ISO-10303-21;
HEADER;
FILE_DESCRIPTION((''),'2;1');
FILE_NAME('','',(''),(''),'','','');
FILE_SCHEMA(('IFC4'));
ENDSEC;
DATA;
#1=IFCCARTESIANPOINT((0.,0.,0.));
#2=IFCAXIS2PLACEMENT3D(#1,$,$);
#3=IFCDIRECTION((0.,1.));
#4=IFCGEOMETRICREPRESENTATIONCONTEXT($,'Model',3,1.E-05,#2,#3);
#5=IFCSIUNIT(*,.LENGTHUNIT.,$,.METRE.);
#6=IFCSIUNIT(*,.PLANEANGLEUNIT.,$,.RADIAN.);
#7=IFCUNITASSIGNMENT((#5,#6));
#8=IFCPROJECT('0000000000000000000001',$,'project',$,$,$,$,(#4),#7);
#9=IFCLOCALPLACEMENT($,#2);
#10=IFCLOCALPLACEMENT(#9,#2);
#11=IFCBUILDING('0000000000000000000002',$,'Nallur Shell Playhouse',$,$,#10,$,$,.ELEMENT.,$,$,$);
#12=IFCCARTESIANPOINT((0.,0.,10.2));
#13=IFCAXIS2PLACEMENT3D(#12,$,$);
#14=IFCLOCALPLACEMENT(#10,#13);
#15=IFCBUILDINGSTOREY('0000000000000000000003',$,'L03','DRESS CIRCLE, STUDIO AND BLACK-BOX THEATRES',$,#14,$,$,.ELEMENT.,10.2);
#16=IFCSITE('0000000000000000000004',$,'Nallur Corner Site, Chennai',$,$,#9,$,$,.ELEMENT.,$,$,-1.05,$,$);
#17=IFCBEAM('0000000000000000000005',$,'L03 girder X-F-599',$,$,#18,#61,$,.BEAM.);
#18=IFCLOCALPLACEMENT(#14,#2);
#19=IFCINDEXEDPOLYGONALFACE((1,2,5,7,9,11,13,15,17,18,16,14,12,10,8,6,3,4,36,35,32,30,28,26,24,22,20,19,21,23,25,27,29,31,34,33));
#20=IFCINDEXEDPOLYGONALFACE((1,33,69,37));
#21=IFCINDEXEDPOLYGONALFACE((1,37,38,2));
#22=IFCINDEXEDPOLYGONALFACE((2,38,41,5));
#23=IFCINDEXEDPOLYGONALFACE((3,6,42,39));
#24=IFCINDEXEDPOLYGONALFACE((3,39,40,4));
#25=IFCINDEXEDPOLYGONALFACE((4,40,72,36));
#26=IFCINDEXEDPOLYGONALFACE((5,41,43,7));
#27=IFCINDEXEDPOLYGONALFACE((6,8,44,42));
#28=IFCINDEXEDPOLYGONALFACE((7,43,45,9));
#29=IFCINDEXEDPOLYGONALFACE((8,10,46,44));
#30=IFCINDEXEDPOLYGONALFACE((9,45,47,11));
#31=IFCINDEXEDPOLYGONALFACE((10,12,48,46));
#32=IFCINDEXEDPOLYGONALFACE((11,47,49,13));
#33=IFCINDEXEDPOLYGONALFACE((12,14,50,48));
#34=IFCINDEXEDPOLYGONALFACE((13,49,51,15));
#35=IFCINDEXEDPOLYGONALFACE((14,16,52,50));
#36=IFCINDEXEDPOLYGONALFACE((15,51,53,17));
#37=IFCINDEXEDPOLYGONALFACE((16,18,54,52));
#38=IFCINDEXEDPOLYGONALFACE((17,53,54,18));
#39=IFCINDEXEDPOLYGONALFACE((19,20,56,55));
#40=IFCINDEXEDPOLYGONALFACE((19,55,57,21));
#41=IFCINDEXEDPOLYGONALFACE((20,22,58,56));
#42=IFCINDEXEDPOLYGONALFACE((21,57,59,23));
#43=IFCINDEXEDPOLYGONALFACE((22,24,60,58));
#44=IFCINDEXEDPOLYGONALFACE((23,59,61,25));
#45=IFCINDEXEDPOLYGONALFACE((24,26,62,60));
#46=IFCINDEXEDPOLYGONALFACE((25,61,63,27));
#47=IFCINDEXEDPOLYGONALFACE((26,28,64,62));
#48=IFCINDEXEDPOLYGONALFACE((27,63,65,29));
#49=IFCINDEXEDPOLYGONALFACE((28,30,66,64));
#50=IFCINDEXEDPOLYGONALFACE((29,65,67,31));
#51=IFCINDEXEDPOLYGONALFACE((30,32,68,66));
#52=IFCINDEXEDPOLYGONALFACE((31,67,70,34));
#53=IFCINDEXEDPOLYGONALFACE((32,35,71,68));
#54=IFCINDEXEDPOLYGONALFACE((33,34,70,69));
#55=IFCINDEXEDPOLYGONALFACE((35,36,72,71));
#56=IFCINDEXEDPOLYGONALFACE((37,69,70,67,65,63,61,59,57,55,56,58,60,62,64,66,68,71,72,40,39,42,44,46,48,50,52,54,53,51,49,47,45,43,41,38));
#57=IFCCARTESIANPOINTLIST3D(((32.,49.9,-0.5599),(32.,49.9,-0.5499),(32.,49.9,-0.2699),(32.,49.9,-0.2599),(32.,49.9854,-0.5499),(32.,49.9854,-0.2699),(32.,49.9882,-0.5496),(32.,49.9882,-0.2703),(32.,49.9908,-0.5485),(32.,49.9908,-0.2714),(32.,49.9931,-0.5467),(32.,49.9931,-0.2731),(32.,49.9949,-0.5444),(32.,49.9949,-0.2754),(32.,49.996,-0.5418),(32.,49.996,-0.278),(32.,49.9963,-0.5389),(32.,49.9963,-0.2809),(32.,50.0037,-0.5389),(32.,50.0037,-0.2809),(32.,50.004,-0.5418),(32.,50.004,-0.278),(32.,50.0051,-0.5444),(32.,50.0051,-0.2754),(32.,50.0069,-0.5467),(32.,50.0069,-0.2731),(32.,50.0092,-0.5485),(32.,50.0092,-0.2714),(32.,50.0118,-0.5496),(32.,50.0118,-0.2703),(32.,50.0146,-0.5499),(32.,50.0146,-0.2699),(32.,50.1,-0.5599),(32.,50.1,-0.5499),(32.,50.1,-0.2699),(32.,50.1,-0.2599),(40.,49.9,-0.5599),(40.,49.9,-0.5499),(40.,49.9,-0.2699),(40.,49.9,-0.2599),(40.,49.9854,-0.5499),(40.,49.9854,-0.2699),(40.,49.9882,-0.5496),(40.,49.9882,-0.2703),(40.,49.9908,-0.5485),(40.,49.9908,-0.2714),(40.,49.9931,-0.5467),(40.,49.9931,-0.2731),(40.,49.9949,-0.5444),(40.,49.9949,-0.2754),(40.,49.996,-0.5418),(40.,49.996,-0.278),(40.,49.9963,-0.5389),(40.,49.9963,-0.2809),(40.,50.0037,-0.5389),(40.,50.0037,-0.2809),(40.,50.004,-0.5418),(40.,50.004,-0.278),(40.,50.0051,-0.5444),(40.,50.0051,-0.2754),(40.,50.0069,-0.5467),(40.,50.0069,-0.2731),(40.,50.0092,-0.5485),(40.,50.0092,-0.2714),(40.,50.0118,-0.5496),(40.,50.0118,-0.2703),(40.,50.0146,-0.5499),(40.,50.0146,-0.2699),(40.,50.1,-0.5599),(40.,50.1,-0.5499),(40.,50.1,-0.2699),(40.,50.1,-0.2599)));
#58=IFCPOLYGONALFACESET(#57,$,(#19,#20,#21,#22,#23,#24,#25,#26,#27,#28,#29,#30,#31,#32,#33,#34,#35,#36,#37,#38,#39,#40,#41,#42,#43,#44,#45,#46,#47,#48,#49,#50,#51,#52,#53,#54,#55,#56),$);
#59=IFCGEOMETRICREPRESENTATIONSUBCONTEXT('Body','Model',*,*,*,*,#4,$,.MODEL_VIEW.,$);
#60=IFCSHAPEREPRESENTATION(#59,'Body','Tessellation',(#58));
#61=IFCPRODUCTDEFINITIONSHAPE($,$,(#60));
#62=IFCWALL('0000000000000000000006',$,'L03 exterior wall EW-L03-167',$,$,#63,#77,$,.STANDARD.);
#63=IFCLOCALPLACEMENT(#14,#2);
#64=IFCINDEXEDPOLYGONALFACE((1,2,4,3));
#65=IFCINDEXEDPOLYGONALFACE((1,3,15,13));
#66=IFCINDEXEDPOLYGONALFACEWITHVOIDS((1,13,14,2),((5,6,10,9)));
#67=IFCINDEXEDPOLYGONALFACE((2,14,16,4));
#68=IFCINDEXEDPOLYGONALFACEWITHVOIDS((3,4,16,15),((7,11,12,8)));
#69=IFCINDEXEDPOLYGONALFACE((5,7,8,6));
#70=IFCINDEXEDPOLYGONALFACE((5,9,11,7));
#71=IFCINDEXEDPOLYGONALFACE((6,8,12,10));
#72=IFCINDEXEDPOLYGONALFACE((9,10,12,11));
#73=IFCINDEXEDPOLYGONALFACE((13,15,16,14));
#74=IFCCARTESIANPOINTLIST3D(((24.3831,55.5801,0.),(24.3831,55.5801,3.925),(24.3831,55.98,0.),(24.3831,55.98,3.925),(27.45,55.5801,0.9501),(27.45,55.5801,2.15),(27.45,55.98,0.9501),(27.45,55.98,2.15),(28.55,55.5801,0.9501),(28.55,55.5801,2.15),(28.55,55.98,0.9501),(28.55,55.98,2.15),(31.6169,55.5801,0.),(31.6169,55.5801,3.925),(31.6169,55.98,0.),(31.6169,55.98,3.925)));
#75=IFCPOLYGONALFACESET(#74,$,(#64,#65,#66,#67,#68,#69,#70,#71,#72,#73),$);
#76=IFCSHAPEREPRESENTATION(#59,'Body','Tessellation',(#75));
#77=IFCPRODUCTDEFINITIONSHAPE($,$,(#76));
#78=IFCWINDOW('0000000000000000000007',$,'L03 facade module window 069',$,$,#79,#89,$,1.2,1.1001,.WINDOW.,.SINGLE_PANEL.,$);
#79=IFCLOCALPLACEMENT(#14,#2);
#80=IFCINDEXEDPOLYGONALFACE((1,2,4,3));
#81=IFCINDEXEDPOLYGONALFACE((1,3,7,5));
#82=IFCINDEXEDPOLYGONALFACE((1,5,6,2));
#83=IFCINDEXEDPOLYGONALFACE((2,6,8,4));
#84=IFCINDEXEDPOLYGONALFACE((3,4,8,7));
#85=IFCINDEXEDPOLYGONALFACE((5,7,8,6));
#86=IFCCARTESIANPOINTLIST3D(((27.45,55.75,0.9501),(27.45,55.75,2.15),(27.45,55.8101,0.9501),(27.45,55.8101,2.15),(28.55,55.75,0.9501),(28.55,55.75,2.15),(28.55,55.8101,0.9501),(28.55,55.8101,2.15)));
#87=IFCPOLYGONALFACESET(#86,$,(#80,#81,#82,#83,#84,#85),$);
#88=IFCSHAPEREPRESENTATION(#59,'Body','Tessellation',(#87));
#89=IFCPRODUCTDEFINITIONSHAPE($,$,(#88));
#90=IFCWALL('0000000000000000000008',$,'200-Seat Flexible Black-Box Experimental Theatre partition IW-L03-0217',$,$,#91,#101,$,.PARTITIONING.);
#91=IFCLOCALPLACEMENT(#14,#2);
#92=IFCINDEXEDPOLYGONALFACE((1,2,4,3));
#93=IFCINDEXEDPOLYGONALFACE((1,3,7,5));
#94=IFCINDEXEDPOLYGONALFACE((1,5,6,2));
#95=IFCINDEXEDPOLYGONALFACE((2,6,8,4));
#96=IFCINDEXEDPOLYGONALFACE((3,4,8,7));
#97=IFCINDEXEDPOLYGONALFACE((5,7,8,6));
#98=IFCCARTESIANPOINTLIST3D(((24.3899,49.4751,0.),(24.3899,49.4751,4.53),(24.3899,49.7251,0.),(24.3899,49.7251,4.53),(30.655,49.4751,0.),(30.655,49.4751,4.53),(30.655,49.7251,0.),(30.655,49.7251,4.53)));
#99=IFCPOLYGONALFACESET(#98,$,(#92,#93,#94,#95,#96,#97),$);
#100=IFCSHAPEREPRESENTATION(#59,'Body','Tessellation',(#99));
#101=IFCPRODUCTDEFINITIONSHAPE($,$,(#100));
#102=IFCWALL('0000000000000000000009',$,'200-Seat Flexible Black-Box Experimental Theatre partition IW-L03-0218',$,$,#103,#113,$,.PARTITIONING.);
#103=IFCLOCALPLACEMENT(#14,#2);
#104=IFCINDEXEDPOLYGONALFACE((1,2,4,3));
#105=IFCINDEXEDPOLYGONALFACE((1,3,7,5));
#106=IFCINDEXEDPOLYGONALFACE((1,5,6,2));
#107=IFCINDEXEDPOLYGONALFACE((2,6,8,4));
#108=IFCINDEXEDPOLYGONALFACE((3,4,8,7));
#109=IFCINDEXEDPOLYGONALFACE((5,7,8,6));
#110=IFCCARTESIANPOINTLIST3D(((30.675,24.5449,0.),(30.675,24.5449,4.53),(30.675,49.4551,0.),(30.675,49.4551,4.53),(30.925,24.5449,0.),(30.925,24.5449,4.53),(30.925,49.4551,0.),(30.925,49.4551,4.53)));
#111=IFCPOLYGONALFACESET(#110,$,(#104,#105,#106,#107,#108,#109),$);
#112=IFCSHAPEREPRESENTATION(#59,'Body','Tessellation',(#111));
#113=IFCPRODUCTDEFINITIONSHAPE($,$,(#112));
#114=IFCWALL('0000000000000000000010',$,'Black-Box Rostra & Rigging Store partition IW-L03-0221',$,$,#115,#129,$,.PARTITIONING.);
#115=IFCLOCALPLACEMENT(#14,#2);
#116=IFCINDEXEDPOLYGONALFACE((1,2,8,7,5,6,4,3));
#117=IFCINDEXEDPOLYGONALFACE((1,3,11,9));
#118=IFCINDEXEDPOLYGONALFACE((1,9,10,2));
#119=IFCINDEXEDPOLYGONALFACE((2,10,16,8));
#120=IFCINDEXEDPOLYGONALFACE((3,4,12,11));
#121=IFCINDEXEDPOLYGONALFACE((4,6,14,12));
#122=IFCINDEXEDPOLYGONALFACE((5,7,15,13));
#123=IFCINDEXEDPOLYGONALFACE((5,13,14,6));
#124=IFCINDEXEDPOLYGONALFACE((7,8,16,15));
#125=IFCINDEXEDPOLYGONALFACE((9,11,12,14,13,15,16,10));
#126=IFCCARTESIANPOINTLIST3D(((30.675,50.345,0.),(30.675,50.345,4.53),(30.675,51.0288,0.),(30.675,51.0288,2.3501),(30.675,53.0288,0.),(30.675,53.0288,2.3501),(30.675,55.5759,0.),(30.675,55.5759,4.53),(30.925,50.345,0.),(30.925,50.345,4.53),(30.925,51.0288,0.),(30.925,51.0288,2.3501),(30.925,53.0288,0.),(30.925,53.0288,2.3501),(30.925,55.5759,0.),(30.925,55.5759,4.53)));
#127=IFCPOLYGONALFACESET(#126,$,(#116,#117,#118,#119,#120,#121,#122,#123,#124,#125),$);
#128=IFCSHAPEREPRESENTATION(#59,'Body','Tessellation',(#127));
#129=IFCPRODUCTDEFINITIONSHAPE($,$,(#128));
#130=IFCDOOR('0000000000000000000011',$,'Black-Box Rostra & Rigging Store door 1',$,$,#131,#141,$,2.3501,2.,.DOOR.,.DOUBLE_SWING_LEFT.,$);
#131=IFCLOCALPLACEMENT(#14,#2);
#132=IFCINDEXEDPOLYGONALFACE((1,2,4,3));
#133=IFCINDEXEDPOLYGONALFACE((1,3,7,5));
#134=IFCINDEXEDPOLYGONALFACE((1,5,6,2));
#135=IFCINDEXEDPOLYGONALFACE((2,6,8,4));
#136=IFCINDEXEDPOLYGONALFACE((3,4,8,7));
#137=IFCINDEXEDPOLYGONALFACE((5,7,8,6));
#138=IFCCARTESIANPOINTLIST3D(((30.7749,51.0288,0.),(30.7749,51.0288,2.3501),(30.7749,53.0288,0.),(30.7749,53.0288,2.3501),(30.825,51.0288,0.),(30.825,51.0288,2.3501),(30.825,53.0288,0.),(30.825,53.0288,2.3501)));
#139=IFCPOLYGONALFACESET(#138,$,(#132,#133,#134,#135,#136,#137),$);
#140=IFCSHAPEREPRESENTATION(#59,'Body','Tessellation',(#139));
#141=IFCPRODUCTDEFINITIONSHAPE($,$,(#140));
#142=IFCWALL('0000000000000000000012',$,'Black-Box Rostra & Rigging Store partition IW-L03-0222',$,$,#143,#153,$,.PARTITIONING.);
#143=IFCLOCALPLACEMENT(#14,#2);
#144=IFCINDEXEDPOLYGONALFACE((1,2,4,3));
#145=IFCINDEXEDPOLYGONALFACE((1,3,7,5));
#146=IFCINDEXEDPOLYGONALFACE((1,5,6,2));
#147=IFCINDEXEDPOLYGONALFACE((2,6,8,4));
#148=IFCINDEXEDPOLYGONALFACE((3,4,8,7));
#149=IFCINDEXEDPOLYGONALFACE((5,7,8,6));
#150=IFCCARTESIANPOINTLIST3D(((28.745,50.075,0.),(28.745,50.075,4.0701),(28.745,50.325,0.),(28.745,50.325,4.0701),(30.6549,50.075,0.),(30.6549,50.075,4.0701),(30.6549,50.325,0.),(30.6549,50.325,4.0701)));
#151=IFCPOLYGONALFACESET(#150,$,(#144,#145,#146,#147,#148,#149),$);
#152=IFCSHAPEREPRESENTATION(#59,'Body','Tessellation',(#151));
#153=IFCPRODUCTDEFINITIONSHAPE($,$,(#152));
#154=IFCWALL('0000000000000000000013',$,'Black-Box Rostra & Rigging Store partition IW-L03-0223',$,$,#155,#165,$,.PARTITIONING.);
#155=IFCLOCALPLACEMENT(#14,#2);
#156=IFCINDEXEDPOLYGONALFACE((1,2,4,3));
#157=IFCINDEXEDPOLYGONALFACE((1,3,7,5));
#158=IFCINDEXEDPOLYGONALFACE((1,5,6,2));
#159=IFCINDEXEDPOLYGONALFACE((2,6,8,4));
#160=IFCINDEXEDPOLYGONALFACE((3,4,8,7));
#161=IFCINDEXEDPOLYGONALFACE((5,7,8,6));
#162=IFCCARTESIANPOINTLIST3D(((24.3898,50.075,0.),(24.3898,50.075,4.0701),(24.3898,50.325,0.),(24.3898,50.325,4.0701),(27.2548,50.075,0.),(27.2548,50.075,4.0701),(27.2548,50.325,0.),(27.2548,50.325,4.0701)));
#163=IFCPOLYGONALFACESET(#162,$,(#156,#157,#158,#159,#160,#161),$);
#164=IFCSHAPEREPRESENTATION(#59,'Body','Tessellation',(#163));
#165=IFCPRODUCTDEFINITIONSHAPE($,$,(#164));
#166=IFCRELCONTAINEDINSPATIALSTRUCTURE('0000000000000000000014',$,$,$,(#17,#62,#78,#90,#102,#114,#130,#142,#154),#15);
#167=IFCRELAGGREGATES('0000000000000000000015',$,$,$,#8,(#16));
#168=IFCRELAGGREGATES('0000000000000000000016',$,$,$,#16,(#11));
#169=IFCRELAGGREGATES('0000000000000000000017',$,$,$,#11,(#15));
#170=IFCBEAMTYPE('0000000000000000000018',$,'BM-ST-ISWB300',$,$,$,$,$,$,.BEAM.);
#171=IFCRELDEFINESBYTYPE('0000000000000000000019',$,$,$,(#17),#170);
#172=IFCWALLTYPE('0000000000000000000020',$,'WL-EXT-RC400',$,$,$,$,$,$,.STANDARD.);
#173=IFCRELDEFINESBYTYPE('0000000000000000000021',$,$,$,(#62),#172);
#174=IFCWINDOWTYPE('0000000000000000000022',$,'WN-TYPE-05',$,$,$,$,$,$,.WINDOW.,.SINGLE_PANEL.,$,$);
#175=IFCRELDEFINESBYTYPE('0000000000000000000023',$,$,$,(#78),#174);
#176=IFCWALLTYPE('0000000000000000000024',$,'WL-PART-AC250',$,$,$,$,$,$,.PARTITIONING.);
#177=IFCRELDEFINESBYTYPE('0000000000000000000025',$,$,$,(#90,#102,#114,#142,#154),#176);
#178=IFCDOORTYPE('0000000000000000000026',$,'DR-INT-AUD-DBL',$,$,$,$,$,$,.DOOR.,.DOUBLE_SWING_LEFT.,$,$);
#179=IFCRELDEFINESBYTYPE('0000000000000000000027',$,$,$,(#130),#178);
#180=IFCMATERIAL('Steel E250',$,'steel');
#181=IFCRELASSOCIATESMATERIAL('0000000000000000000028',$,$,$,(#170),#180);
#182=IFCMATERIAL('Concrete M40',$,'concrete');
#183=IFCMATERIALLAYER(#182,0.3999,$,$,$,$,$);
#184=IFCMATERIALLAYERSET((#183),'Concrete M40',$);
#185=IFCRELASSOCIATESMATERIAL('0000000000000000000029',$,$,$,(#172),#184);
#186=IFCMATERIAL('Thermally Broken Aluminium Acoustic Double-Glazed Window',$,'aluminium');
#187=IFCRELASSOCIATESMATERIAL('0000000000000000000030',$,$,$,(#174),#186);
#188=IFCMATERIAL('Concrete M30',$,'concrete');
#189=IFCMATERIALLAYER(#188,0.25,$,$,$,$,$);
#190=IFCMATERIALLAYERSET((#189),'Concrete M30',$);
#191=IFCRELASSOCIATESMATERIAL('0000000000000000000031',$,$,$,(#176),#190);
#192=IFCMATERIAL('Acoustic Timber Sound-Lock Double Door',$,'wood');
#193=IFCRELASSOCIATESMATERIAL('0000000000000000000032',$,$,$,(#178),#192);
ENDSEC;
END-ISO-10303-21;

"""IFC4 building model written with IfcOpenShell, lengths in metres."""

from ifc_helpers import new_model, si_unit, direction, frame, frame_2d, origin, origin_2d, place, context, subcontext, project, spatial, rectangle, i_section, extrude, material, layer, layer_set, material_profile, profile_set, type_object, element, fill, save


model = new_model("IFC4")

# Units and contexts
model_context = context("Model", 3, precision=1e-05, world=origin(), true_north=direction((0.0, 1.0)))
body_context = subcontext(model_context, "Body", "Model", "MODEL_VIEW")
ifc_project = project(units=[si_unit("LENGTHUNIT", "METRE"), si_unit("PLANEANGLEUNIT", "RADIAN")], contexts=[model_context])

# Site, building, storey
site_placement = place(None, origin())
site = spatial("IfcSite", under=ifc_project, at=site_placement, Name="Nallur Corner Site, Chennai", CompositionType="ELEMENT", RefElevation=-1.05)
building_placement = place(site_placement, origin())
building = spatial("IfcBuilding", under=site, at=building_placement, Name="Nallur Shell Playhouse", CompositionType="ELEMENT")
storey_placement = place(building_placement, frame((0.0, 0.0, 10.2)))
storey = spatial("IfcBuildingStorey", under=building, at=storey_placement, Name="L03", Description="DRESS CIRCLE, STUDIO AND BLACK-BOX THEATRES", CompositionType="ELEMENT", Elevation=10.2)

# Shared definitions
ifc_material_1 = material(Name="Concrete M40", Category="concrete")

# Beam
ifc_material_2 = material(Name="Steel E250", Category="steel")
ifc_material_3 = material(Name="Concrete M30", Category="concrete")
ifc_material_profile_1 = material_profile(ifc_material_2, i_section(OverallWidth=0.2, OverallDepth=0.3, WebThickness=0.0073, FlangeThickness=0.01, FilletRadius=0.011, at=origin_2d()), Name="ISWB 300")
ifc_profile_set_1 = profile_set([ifc_material_profile_1], Name="Steel E250")
beam_type_1 = type_object("IfcBeamType", Name="BM-ST-ISWB300", PredefinedType="BEAM", material=ifc_profile_set_1)
beam_1_placement = place(storey_placement, frame((32.0, 50.0, -0.4099), z_axis=(1.0, 0.0, 0.0), x_axis=(0.0, 1.0, 0.0)))
element("IfcBeam", 1, at=beam_1_placement, inside=storey, type_object=beam_type_1, Name="L03 girder X-F-599", PredefinedType="BEAM", context=body_context, shape_type="SweptSolid", body=[
    extrude(i_section(OverallWidth=0.2, OverallDepth=0.3, WebThickness=0.0073, FlangeThickness=0.01, FilletRadius=0.011, at=origin_2d()), origin(), (0.0, 0.0, 1.0), 8.0),
])

# Wall, opening, window
ifc_layer_1 = layer(ifc_material_1, 0.3999)
ifc_layer_set_1 = layer_set([ifc_layer_1], Name="Concrete M40")
wall_type_1 = type_object("IfcWallType", Name="WL-EXT-RC400", PredefinedType="STANDARD", material=ifc_layer_set_1)
wall_1_placement = place(storey_placement, frame((24.3831, 55.78, 0.0), z_axis=(0.0, 0.0, 1.0), x_axis=(1.0, 0.0, 0.0)))
wall_1 = element("IfcWall", 2, at=wall_1_placement, inside=storey, type_object=wall_type_1, Name="L03 exterior wall EW-L03-167", PredefinedType="STANDARD", context=body_context, shape_type="SweptSolid", body=[
    extrude(rectangle(XDim=7.2339, YDim=0.3999, at=frame_2d((3.6169, 0.0))), origin(), (0.0, 0.0, 1.0), 3.925),
])
opening_1_placement = place(wall_1_placement, frame((3.0669, 0.0, 0.95)))
opening_1 = element("IfcOpeningElement", 3, at=opening_1_placement, cuts=wall_1, PredefinedType="OPENING", context=body_context, shape_type="SweptSolid", body=[
    extrude(rectangle(XDim=1.1001, YDim=1.2, at=frame_2d((0.55, 0.6001))), frame((0.0, 0.21, 0.0), z_axis=(0.0, -1.0, 0.0), x_axis=(1.0, 0.0, 0.0)), (0.0, 0.0, 1.0), 0.4199),
])
ifc_material_4 = material(Name="Thermally Broken Aluminium Acoustic Double-Glazed Window", Category="aluminium")
window_type = type_object("IfcWindowType", Name="WN-TYPE-05", PartitioningType="SINGLE_PANEL", PredefinedType="WINDOW", material=ifc_material_4)
window_placement = place(opening_1_placement, origin())
window = element("IfcWindow", 4, at=window_placement, inside=storey, type_object=window_type, Name="L03 facade module window 069", OverallHeight=1.2, OverallWidth=1.1001, PartitioningType="SINGLE_PANEL", PredefinedType="WINDOW", context=body_context, shape_type="SweptSolid", body=[
    extrude(rectangle(XDim=1.1001, YDim=1.2, at=frame_2d((0.55, 0.6001))), frame((0.0, 0.03, 0.0), z_axis=(0.0, -1.0, 0.0), x_axis=(1.0, 0.0, 0.0)), (0.0, 0.0, 1.0), 0.0601),
])
fill(opening_1, window)

# Walls
ifc_layer_2 = layer(ifc_material_3, 0.25)
ifc_layer_set_2 = layer_set([ifc_layer_2], Name="Concrete M30")
wall_type_2 = type_object("IfcWallType", Name="WL-PART-AC250", PredefinedType="PARTITIONING", material=ifc_layer_set_2)
wall_2_placement = place(storey_placement, frame((24.3899, 49.6001, 0.0), z_axis=(0.0, 0.0, 1.0), x_axis=(1.0, 0.0, 0.0)))
element("IfcWall", 5, at=wall_2_placement, inside=storey, type_object=wall_type_2, Name="200-Seat Flexible Black-Box Experimental Theatre partition IW-L03-0217", PredefinedType="PARTITIONING", context=body_context, shape_type="SweptSolid", body=[
    extrude(rectangle(XDim=6.2651, YDim=0.25, at=frame_2d((3.1326, 0.0))), origin(), (0.0, 0.0, 1.0), 4.53),
])
wall_3_placement = place(storey_placement, frame((30.8, 49.4551, 0.0), z_axis=(0.0, 0.0, 1.0), x_axis=(0.0, -1.0, 0.0)))
element("IfcWall", 6, at=wall_3_placement, inside=storey, type_object=wall_type_2, Name="200-Seat Flexible Black-Box Experimental Theatre partition IW-L03-0218", PredefinedType="PARTITIONING", context=body_context, shape_type="SweptSolid", body=[
    extrude(rectangle(XDim=24.9102, YDim=0.25, at=frame_2d((12.4551, 0.0))), origin(), (0.0, 0.0, 1.0), 4.53),
])

# Wall, opening, door
wall_4_placement = place(storey_placement, frame((30.8, 55.5759, 0.0), z_axis=(0.0, 0.0, 1.0), x_axis=(0.0, -1.0, 0.0)))
wall_4 = element("IfcWall", 7, at=wall_4_placement, inside=storey, type_object=wall_type_2, Name="Black-Box Rostra & Rigging Store partition IW-L03-0221", PredefinedType="PARTITIONING", context=body_context, shape_type="SweptSolid", body=[
    extrude(rectangle(XDim=5.231, YDim=0.25, at=frame_2d((2.6155, 0.0))), origin(), (0.0, 0.0, 1.0), 4.53),
])
opening_2_placement = place(wall_4_placement, frame((2.5471, 0.0, 0.0)))
opening_2 = element("IfcOpeningElement", 8, at=opening_2_placement, cuts=wall_4, PredefinedType="OPENING", context=body_context, shape_type="SweptSolid", body=[
    extrude(rectangle(XDim=2.0, YDim=2.3501, at=frame_2d((1.0, 1.175))), frame((0.0, 0.135, 0.0), z_axis=(0.0, -1.0, 0.0), x_axis=(1.0, 0.0, 0.0)), (0.0, 0.0, 1.0), 0.27),
])
ifc_material_5 = material(Name="Acoustic Timber Sound-Lock Double Door", Category="wood")
door_type = type_object("IfcDoorType", Name="DR-INT-AUD-DBL", OperationType="DOUBLE_SWING_LEFT", PredefinedType="DOOR", material=ifc_material_5)
door_placement = place(opening_2_placement, origin())
door = element("IfcDoor", 9, at=door_placement, inside=storey, type_object=door_type, Name="Black-Box Rostra & Rigging Store door 1", OperationType="DOUBLE_SWING_LEFT", OverallHeight=2.3501, OverallWidth=2.0, PredefinedType="DOOR", context=body_context, shape_type="SweptSolid", body=[
    extrude(rectangle(XDim=2.0, YDim=2.3501, at=frame_2d((1.0, 1.175))), frame((0.0, 0.0249, 0.0), z_axis=(0.0, -1.0, 0.0), x_axis=(1.0, 0.0, 0.0)), (0.0, 0.0, 1.0), 0.05),
])
fill(opening_2, door)

# Walls
wall_5_placement = place(storey_placement, frame((30.655, 50.2, 0.0), z_axis=(0.0, 0.0, 1.0), x_axis=(-1.0, 0.0, 0.0)))
element("IfcWall", 10, at=wall_5_placement, inside=storey, type_object=wall_type_2, Name="Black-Box Rostra & Rigging Store partition IW-L03-0222", PredefinedType="PARTITIONING", context=body_context, shape_type="SweptSolid", body=[
    extrude(rectangle(XDim=1.9099, YDim=0.25, at=frame_2d((0.9551, 0.0))), origin(), (0.0, 0.0, 1.0), 4.0701),
])
wall_6_placement = place(storey_placement, frame((27.2549, 50.2, 0.0), z_axis=(0.0, 0.0, 1.0), x_axis=(-1.0, 0.0, 0.0)))
element("IfcWall", 11, at=wall_6_placement, inside=storey, type_object=wall_type_2, Name="Black-Box Rostra & Rigging Store partition IW-L03-0223", PredefinedType="PARTITIONING", context=body_context, shape_type="SweptSolid", body=[
    extrude(rectangle(XDim=2.865, YDim=0.25, at=frame_2d((1.4326, 0.0))), origin(), (0.0, 0.0, 1.0), 4.0701),
])

save(model, "model.ifc")
